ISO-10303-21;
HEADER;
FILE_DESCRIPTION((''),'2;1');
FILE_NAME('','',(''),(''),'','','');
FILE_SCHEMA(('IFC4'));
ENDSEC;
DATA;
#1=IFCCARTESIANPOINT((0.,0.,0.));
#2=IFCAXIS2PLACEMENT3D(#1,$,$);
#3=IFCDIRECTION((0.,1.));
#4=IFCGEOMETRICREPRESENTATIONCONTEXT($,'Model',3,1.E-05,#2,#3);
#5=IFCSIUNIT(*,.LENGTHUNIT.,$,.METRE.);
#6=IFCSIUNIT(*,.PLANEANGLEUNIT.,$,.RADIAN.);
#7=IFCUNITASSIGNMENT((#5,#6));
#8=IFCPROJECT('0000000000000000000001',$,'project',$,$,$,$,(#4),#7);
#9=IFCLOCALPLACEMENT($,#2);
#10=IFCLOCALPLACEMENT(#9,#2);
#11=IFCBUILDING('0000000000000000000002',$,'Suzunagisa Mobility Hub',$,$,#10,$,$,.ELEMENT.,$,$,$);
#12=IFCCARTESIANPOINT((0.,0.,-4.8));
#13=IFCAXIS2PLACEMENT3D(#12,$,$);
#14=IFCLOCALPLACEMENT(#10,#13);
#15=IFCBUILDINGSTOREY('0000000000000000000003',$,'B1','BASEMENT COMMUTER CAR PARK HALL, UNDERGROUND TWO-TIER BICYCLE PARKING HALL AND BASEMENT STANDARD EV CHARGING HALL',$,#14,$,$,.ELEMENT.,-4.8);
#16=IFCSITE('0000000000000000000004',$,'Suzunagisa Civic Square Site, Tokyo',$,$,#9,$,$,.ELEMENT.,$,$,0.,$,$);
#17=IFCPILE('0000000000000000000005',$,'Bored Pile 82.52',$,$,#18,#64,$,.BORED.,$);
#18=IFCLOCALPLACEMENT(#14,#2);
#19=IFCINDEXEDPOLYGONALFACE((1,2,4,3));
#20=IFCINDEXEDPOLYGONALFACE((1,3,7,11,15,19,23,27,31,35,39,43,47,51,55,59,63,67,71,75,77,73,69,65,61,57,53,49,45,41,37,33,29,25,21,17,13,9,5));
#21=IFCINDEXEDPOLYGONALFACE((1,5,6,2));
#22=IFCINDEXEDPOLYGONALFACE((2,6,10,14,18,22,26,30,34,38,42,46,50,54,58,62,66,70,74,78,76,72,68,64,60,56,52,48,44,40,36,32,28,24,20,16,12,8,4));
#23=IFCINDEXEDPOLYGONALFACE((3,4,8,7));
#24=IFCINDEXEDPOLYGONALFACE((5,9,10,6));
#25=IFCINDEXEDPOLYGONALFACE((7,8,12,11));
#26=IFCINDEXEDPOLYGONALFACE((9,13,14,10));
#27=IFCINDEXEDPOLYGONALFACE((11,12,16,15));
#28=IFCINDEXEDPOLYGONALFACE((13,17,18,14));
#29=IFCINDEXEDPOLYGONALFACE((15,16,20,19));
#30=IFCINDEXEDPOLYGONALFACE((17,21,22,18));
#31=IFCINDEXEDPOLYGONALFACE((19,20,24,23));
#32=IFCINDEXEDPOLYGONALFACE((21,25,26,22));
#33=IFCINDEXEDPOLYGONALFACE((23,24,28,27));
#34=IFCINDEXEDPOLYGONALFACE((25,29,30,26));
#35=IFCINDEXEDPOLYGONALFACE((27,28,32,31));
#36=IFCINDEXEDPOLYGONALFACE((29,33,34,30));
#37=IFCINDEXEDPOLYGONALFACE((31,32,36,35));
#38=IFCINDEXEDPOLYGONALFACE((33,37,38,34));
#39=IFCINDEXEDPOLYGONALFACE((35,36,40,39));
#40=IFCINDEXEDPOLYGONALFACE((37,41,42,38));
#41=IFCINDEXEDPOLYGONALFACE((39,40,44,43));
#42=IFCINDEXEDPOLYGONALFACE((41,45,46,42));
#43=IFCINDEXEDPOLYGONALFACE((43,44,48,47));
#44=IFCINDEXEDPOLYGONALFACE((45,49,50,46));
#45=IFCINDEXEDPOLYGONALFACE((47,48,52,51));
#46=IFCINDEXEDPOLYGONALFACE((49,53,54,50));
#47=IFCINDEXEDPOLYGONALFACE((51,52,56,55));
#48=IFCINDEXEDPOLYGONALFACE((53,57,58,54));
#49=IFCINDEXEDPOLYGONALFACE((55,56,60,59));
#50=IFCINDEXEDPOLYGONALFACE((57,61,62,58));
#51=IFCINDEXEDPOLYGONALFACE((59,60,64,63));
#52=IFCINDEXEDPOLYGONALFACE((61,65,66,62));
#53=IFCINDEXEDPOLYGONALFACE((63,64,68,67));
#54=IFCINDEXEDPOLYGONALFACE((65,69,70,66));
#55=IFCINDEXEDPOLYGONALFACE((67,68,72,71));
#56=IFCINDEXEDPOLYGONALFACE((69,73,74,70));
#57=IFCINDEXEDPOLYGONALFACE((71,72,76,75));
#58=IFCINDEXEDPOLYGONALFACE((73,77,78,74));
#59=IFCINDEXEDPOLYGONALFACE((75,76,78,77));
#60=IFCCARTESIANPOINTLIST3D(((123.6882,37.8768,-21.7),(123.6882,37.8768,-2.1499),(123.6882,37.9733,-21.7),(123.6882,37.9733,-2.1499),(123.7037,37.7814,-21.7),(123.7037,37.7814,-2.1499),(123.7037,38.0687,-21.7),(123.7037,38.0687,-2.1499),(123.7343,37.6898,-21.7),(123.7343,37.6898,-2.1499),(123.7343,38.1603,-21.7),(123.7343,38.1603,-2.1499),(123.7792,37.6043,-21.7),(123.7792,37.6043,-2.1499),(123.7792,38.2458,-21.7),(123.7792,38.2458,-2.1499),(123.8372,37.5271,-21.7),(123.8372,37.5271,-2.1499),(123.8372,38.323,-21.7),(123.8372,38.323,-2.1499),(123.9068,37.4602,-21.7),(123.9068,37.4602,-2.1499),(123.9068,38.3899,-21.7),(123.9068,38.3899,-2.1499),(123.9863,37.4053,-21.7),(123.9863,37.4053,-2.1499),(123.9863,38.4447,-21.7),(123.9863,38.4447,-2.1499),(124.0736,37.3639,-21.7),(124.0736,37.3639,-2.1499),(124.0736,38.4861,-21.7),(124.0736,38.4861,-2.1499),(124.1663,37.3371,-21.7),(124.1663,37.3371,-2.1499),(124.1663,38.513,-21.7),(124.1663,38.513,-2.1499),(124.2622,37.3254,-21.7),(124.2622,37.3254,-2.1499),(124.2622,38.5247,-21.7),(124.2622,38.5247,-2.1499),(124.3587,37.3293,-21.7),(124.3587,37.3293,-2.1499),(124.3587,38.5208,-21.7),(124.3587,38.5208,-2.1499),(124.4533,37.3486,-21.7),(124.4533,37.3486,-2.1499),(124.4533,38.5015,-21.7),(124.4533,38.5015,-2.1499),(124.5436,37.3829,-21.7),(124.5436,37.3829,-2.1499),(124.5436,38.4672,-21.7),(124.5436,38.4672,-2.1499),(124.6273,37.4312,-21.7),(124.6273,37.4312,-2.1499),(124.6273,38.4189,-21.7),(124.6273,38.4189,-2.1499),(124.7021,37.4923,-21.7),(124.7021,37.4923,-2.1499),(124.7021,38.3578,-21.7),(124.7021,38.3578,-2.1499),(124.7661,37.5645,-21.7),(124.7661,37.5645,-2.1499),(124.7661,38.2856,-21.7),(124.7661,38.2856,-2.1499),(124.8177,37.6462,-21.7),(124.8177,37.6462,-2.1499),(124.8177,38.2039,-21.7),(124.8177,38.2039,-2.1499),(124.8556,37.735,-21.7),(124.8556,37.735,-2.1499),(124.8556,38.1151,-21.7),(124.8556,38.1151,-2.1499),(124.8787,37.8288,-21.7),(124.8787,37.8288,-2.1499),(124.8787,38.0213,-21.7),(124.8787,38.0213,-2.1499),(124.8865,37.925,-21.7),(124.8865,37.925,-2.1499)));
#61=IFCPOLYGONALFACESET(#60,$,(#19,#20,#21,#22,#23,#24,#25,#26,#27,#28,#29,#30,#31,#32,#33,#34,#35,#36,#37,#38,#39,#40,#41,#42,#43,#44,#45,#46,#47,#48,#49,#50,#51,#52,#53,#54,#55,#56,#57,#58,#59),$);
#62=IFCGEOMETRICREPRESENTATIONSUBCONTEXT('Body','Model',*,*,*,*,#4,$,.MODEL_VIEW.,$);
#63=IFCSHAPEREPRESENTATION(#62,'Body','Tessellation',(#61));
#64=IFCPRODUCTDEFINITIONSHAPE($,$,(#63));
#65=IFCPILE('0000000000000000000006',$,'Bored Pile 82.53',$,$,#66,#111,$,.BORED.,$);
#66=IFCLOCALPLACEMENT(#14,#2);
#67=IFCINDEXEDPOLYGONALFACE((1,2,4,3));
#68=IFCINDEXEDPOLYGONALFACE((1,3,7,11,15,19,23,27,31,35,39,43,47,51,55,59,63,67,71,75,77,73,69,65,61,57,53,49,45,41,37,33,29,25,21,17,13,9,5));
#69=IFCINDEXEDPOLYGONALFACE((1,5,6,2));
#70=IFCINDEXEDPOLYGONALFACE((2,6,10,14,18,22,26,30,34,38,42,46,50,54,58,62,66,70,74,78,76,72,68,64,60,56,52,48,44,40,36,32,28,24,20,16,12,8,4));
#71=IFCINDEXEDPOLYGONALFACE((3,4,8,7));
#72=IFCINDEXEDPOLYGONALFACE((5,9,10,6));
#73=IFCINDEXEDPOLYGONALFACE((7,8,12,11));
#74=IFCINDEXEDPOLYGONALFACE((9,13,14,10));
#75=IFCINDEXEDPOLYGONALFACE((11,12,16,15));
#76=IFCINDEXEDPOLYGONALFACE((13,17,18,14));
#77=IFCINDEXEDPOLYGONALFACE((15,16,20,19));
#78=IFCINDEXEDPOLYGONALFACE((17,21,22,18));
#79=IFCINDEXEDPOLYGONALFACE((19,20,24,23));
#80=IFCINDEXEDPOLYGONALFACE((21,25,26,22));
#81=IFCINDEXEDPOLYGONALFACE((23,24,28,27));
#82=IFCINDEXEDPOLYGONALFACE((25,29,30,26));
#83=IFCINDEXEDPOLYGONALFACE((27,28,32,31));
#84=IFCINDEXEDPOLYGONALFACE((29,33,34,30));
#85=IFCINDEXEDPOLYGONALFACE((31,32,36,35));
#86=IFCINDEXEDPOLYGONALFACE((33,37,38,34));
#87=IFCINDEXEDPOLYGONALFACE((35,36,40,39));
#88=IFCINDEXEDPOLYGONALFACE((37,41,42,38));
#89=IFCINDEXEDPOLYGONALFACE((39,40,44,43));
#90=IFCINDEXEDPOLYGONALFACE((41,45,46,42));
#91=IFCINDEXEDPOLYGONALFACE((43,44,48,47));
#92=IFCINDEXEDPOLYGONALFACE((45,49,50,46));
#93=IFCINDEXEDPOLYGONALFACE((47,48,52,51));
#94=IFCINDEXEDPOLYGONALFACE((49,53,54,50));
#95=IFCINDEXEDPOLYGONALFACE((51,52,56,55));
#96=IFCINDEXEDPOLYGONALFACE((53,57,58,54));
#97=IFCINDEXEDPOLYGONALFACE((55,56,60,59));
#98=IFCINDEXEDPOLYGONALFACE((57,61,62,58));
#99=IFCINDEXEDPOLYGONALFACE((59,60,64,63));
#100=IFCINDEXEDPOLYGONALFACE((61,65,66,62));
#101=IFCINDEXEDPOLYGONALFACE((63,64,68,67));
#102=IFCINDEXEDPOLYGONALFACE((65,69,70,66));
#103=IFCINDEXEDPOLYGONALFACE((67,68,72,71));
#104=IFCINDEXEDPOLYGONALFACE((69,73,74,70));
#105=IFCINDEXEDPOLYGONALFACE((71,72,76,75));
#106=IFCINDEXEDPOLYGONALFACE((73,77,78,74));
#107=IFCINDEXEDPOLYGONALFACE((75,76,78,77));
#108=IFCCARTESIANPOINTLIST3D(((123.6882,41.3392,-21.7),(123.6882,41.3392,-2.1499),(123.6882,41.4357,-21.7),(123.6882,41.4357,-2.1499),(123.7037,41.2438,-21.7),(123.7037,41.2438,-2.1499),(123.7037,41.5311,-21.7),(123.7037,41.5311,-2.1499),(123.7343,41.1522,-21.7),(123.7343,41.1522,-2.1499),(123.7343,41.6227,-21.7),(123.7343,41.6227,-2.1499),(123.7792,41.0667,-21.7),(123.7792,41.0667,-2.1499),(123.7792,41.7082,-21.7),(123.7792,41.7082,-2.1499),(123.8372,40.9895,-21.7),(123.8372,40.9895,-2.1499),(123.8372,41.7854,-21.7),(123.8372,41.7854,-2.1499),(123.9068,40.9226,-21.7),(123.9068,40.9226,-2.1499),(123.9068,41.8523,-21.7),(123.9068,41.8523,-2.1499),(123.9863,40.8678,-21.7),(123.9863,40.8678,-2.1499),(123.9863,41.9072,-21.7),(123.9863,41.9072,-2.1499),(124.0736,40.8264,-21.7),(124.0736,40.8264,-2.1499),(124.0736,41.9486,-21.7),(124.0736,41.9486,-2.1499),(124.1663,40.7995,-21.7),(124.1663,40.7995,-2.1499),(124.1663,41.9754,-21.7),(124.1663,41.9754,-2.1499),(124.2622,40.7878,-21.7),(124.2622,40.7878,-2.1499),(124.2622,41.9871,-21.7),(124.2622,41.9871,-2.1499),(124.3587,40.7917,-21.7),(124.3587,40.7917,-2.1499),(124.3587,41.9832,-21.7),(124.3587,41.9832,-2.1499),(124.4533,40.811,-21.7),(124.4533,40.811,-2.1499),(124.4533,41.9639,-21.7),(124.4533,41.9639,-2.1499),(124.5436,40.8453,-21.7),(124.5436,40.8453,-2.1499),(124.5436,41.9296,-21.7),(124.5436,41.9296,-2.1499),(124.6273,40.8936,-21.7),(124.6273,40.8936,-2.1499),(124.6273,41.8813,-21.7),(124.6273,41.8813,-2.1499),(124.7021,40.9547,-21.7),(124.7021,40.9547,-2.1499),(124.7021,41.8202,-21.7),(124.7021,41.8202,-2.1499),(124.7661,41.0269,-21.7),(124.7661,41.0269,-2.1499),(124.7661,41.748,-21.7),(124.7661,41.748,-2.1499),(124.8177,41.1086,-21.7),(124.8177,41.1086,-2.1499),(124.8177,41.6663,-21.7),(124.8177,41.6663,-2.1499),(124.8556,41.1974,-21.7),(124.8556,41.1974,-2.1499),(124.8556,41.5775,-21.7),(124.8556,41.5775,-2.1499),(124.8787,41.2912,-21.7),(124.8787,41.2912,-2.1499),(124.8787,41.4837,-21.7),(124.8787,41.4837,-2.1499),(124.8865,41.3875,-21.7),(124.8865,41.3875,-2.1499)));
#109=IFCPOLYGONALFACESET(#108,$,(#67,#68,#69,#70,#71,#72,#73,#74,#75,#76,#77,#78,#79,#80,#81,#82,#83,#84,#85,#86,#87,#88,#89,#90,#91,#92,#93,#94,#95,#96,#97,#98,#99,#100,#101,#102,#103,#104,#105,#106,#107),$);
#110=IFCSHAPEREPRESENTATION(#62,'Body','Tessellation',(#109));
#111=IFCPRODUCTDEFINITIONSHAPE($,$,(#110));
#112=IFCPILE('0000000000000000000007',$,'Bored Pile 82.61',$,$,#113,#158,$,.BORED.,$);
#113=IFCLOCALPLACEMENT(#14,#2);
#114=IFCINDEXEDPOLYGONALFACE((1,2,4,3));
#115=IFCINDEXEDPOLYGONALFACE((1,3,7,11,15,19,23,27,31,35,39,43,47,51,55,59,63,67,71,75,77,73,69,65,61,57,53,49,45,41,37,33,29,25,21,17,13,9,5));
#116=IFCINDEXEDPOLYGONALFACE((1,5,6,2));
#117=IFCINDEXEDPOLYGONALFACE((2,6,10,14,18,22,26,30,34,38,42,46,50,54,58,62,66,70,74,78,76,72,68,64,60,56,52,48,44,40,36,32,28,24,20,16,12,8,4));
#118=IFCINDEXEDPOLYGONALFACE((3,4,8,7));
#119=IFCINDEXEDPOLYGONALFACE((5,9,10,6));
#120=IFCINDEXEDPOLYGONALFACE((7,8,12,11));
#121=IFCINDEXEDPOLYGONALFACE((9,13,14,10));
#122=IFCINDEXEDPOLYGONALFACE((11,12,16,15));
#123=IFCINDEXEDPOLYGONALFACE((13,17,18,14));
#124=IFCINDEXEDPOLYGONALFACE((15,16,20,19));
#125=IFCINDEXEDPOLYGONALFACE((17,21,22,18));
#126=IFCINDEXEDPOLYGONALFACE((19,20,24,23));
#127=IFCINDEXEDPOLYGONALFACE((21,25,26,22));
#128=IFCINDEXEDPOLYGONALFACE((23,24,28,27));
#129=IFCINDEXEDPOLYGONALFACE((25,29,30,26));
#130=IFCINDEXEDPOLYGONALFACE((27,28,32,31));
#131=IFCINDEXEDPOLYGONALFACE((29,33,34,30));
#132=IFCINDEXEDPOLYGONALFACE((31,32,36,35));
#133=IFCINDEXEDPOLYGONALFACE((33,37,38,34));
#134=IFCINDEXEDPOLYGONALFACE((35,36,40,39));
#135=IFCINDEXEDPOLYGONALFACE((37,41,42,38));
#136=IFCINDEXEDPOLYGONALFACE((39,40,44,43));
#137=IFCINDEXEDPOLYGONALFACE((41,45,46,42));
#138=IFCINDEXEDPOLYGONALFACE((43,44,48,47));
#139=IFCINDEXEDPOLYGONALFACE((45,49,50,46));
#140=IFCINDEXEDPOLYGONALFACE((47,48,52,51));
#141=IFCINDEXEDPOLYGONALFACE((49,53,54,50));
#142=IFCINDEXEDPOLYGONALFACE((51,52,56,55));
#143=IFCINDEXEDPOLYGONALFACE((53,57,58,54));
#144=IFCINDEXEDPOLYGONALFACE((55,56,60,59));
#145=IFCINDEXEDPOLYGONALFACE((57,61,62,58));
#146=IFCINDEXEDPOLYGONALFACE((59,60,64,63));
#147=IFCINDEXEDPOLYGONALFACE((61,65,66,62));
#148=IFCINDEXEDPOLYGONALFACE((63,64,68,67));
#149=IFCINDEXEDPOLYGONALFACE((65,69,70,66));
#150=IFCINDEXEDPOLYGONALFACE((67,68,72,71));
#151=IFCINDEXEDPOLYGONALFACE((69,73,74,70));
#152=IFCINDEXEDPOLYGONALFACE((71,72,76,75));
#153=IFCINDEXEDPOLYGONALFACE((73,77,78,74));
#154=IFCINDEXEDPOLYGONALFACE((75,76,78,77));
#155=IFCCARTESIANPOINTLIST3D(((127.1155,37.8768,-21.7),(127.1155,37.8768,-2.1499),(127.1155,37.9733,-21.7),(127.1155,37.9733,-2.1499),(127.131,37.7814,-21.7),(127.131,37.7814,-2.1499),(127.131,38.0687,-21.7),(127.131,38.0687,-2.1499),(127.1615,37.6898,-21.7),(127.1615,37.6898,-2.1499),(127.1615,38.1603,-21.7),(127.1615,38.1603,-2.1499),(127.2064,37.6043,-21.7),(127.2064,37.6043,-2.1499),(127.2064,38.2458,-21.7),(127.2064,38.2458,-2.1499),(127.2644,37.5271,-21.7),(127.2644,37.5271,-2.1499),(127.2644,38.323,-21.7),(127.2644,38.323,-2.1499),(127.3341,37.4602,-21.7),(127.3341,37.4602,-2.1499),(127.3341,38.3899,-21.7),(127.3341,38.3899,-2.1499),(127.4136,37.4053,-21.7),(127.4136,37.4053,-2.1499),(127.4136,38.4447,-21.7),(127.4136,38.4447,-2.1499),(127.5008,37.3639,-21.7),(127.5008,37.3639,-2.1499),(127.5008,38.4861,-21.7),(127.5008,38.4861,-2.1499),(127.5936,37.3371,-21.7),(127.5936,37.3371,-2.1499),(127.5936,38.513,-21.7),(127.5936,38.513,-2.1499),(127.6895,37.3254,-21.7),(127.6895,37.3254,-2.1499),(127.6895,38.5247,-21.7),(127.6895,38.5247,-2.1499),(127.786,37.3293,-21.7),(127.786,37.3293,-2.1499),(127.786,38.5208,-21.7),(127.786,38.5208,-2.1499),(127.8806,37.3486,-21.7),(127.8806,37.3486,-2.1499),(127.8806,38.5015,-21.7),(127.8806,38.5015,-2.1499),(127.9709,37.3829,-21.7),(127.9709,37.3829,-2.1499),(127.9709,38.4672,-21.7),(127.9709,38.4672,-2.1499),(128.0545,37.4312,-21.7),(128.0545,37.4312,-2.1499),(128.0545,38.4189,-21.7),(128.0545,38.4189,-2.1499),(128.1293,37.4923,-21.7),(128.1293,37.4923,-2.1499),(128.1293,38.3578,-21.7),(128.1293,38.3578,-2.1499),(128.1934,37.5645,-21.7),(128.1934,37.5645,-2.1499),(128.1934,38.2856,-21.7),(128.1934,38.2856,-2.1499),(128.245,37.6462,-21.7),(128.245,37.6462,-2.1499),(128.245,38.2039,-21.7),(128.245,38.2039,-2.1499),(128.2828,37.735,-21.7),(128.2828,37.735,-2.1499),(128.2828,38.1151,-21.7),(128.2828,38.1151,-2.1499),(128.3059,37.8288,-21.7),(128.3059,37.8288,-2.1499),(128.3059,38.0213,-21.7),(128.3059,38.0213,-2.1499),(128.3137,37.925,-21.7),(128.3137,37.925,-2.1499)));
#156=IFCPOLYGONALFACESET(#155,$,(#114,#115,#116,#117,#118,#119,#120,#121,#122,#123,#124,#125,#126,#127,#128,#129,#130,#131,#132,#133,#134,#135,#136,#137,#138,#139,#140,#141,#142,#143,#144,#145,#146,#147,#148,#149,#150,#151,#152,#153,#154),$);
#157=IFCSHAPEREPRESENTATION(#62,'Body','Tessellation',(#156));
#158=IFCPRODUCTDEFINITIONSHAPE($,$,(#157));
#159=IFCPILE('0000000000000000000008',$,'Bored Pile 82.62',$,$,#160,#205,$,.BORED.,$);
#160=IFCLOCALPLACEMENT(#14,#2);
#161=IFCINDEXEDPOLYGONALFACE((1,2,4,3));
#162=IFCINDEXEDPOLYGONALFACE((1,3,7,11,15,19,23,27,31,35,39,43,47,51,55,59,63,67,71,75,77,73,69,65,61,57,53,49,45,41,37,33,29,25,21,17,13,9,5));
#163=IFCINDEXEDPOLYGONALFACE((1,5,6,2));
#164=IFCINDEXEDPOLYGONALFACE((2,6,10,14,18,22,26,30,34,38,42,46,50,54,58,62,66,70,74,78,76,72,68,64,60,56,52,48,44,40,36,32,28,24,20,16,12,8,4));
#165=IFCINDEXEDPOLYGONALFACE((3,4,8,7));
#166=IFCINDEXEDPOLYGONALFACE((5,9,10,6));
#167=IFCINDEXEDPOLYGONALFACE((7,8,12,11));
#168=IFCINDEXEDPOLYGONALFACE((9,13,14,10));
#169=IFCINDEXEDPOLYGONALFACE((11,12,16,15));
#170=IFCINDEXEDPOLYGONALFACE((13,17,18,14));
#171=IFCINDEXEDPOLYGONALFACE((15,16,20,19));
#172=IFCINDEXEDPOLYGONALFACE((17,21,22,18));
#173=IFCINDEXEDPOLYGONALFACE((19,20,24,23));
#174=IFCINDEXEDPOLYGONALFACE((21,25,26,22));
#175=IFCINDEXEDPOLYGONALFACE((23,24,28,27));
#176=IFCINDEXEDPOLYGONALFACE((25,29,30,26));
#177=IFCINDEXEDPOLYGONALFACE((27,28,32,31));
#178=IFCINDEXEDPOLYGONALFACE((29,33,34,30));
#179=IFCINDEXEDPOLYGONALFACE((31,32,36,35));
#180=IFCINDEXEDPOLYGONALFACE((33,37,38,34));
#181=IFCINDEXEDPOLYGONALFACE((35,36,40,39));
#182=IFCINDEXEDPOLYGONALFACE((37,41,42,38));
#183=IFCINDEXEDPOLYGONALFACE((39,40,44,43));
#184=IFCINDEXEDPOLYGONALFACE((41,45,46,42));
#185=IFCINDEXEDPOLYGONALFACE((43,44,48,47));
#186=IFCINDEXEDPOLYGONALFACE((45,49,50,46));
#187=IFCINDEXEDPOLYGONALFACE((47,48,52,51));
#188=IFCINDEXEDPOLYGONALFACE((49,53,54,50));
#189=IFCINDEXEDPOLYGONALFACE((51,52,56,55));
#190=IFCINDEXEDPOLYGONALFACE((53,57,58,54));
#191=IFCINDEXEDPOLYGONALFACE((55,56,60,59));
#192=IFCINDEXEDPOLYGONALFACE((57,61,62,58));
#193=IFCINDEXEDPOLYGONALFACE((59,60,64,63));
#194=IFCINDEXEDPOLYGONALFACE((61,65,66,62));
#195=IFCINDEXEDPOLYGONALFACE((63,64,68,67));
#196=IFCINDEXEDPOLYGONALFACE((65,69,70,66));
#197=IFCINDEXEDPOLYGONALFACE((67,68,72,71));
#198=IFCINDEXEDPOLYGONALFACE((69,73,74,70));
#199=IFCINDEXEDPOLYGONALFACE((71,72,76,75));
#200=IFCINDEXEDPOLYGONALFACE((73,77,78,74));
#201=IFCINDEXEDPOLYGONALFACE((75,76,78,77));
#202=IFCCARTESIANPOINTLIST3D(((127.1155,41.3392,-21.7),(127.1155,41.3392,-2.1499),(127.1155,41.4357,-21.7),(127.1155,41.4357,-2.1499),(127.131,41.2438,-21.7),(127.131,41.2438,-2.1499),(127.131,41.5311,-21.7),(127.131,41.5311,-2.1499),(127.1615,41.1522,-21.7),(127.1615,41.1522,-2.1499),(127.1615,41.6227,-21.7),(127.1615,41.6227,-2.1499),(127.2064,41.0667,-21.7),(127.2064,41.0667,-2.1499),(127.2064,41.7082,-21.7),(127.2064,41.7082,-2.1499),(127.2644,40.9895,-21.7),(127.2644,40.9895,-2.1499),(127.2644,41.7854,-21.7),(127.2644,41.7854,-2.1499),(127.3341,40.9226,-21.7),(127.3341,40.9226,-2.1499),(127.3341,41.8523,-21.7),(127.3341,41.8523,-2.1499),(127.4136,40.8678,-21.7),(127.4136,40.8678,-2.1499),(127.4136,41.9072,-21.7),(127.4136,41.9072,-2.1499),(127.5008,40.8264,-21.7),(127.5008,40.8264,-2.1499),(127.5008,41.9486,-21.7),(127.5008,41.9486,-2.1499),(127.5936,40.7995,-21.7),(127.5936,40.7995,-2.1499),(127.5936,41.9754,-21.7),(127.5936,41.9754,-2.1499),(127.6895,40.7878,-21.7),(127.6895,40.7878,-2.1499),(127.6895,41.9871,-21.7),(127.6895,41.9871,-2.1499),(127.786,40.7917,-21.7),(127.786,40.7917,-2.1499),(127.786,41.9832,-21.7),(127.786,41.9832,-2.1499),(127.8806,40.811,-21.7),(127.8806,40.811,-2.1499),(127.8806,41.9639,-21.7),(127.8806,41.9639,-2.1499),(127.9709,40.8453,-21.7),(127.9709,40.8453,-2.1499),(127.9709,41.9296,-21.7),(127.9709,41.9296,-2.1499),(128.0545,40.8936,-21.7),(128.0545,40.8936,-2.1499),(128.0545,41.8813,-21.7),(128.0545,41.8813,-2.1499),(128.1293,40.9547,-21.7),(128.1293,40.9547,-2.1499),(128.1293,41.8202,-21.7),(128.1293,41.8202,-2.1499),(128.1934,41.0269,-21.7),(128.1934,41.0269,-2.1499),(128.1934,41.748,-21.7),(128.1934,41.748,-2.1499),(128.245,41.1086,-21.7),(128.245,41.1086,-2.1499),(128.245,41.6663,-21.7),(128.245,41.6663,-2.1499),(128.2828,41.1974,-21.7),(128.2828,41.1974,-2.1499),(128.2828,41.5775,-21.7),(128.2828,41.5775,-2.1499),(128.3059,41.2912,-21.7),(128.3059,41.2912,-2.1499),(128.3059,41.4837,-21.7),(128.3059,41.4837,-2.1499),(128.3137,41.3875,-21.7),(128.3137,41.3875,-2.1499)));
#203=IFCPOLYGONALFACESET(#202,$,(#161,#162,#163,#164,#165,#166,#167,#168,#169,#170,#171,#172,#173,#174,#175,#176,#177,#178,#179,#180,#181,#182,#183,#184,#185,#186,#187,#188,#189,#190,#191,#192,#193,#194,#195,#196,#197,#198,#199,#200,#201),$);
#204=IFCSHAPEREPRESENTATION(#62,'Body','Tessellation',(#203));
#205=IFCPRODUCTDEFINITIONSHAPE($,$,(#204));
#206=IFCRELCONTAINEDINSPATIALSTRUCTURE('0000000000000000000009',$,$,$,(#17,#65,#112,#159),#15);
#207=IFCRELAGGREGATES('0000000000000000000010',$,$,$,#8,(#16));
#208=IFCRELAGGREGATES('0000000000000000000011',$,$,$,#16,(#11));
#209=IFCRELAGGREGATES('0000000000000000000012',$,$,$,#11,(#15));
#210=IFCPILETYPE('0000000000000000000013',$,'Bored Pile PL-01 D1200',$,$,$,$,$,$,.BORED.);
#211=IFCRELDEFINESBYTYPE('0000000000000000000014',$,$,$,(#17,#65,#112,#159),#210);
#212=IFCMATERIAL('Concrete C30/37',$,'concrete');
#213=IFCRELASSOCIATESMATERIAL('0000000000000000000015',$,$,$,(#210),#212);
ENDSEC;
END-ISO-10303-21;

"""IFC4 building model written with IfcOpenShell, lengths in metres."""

from ifc_helpers import new_model, si_unit, direction, frame, origin, origin_2d, place, context, subcontext, project, spatial, circle, extrude, material, material_profile, profile_set, type_object, element, save


model = new_model("IFC4")

# Units and contexts
model_context = context("Model", 3, precision=1e-05, world=origin(), true_north=direction((0.0, 1.0)))
body_context = subcontext(model_context, "Body", "Model", "MODEL_VIEW")
ifc_project = project(units=[si_unit("LENGTHUNIT", "METRE"), si_unit("PLANEANGLEUNIT", "RADIAN")], contexts=[model_context])

# Site, building, storey
site_placement = place(None, origin())
site = spatial("IfcSite", under=ifc_project, at=site_placement, Name="Suzunagisa Civic Square Site, Tokyo", CompositionType="ELEMENT", RefElevation=0.0)
building_placement = place(site_placement, origin())
building = spatial("IfcBuilding", under=site, at=building_placement, Name="Suzunagisa Mobility Hub", CompositionType="ELEMENT")
storey_placement = place(building_placement, frame((0.0, 0.0, -4.8)))
storey = spatial("IfcBuildingStorey", under=building, at=storey_placement, Name="B1", Description="BASEMENT COMMUTER CAR PARK HALL, UNDERGROUND TWO-TIER BICYCLE PARKING HALL AND BASEMENT STANDARD EV CHARGING HALL", CompositionType="ELEMENT", Elevation=-4.8)

# Piles
ifc_material_1 = material(Name="Concrete C30/37", Category="concrete")
ifc_material_profile_1 = material_profile(ifc_material_1, circle(Radius=0.6001, at=origin_2d()), Name="BORED PILE D1200")
ifc_profile_set_1 = profile_set([ifc_material_profile_1], Name="Concrete C30/37")
pile_type = type_object("IfcPileType", Name="Bored Pile PL-01 D1200", PredefinedType="BORED", material=ifc_profile_set_1)
for number, where, z_axis, x_axis, name in (
    (1, (124.2864, 37.925, -2.1499), (0.0, 0.0, -1.0), (1.0, 0.0, 0.0), "Bored Pile 82.52"),
    (2, (124.2864, 41.3875, -2.1499), (0.0, 0.0, -1.0), (1.0, 0.0, 0.0), "Bored Pile 82.53"),
    (3, (127.7136, 37.925, -2.1499), (0.0, 0.0, -1.0), (1.0, 0.0, 0.0), "Bored Pile 82.61"),
    (4, (127.7136, 41.3875, -2.1499), (0.0, 0.0, -1.0), (1.0, 0.0, 0.0), "Bored Pile 82.62"),
):
    element("IfcPile", number, at=place(storey_placement, frame(where, z_axis=z_axis, x_axis=x_axis)), inside=storey, type_object=pile_type, Name=name, PredefinedType="BORED", context=body_context, shape_type="SweptSolid", body=[
        extrude(circle(Radius=0.6001, at=origin_2d()), origin(), (0.0, 0.0, 1.0), 19.55),
    ])

save(model, "model.ifc")
